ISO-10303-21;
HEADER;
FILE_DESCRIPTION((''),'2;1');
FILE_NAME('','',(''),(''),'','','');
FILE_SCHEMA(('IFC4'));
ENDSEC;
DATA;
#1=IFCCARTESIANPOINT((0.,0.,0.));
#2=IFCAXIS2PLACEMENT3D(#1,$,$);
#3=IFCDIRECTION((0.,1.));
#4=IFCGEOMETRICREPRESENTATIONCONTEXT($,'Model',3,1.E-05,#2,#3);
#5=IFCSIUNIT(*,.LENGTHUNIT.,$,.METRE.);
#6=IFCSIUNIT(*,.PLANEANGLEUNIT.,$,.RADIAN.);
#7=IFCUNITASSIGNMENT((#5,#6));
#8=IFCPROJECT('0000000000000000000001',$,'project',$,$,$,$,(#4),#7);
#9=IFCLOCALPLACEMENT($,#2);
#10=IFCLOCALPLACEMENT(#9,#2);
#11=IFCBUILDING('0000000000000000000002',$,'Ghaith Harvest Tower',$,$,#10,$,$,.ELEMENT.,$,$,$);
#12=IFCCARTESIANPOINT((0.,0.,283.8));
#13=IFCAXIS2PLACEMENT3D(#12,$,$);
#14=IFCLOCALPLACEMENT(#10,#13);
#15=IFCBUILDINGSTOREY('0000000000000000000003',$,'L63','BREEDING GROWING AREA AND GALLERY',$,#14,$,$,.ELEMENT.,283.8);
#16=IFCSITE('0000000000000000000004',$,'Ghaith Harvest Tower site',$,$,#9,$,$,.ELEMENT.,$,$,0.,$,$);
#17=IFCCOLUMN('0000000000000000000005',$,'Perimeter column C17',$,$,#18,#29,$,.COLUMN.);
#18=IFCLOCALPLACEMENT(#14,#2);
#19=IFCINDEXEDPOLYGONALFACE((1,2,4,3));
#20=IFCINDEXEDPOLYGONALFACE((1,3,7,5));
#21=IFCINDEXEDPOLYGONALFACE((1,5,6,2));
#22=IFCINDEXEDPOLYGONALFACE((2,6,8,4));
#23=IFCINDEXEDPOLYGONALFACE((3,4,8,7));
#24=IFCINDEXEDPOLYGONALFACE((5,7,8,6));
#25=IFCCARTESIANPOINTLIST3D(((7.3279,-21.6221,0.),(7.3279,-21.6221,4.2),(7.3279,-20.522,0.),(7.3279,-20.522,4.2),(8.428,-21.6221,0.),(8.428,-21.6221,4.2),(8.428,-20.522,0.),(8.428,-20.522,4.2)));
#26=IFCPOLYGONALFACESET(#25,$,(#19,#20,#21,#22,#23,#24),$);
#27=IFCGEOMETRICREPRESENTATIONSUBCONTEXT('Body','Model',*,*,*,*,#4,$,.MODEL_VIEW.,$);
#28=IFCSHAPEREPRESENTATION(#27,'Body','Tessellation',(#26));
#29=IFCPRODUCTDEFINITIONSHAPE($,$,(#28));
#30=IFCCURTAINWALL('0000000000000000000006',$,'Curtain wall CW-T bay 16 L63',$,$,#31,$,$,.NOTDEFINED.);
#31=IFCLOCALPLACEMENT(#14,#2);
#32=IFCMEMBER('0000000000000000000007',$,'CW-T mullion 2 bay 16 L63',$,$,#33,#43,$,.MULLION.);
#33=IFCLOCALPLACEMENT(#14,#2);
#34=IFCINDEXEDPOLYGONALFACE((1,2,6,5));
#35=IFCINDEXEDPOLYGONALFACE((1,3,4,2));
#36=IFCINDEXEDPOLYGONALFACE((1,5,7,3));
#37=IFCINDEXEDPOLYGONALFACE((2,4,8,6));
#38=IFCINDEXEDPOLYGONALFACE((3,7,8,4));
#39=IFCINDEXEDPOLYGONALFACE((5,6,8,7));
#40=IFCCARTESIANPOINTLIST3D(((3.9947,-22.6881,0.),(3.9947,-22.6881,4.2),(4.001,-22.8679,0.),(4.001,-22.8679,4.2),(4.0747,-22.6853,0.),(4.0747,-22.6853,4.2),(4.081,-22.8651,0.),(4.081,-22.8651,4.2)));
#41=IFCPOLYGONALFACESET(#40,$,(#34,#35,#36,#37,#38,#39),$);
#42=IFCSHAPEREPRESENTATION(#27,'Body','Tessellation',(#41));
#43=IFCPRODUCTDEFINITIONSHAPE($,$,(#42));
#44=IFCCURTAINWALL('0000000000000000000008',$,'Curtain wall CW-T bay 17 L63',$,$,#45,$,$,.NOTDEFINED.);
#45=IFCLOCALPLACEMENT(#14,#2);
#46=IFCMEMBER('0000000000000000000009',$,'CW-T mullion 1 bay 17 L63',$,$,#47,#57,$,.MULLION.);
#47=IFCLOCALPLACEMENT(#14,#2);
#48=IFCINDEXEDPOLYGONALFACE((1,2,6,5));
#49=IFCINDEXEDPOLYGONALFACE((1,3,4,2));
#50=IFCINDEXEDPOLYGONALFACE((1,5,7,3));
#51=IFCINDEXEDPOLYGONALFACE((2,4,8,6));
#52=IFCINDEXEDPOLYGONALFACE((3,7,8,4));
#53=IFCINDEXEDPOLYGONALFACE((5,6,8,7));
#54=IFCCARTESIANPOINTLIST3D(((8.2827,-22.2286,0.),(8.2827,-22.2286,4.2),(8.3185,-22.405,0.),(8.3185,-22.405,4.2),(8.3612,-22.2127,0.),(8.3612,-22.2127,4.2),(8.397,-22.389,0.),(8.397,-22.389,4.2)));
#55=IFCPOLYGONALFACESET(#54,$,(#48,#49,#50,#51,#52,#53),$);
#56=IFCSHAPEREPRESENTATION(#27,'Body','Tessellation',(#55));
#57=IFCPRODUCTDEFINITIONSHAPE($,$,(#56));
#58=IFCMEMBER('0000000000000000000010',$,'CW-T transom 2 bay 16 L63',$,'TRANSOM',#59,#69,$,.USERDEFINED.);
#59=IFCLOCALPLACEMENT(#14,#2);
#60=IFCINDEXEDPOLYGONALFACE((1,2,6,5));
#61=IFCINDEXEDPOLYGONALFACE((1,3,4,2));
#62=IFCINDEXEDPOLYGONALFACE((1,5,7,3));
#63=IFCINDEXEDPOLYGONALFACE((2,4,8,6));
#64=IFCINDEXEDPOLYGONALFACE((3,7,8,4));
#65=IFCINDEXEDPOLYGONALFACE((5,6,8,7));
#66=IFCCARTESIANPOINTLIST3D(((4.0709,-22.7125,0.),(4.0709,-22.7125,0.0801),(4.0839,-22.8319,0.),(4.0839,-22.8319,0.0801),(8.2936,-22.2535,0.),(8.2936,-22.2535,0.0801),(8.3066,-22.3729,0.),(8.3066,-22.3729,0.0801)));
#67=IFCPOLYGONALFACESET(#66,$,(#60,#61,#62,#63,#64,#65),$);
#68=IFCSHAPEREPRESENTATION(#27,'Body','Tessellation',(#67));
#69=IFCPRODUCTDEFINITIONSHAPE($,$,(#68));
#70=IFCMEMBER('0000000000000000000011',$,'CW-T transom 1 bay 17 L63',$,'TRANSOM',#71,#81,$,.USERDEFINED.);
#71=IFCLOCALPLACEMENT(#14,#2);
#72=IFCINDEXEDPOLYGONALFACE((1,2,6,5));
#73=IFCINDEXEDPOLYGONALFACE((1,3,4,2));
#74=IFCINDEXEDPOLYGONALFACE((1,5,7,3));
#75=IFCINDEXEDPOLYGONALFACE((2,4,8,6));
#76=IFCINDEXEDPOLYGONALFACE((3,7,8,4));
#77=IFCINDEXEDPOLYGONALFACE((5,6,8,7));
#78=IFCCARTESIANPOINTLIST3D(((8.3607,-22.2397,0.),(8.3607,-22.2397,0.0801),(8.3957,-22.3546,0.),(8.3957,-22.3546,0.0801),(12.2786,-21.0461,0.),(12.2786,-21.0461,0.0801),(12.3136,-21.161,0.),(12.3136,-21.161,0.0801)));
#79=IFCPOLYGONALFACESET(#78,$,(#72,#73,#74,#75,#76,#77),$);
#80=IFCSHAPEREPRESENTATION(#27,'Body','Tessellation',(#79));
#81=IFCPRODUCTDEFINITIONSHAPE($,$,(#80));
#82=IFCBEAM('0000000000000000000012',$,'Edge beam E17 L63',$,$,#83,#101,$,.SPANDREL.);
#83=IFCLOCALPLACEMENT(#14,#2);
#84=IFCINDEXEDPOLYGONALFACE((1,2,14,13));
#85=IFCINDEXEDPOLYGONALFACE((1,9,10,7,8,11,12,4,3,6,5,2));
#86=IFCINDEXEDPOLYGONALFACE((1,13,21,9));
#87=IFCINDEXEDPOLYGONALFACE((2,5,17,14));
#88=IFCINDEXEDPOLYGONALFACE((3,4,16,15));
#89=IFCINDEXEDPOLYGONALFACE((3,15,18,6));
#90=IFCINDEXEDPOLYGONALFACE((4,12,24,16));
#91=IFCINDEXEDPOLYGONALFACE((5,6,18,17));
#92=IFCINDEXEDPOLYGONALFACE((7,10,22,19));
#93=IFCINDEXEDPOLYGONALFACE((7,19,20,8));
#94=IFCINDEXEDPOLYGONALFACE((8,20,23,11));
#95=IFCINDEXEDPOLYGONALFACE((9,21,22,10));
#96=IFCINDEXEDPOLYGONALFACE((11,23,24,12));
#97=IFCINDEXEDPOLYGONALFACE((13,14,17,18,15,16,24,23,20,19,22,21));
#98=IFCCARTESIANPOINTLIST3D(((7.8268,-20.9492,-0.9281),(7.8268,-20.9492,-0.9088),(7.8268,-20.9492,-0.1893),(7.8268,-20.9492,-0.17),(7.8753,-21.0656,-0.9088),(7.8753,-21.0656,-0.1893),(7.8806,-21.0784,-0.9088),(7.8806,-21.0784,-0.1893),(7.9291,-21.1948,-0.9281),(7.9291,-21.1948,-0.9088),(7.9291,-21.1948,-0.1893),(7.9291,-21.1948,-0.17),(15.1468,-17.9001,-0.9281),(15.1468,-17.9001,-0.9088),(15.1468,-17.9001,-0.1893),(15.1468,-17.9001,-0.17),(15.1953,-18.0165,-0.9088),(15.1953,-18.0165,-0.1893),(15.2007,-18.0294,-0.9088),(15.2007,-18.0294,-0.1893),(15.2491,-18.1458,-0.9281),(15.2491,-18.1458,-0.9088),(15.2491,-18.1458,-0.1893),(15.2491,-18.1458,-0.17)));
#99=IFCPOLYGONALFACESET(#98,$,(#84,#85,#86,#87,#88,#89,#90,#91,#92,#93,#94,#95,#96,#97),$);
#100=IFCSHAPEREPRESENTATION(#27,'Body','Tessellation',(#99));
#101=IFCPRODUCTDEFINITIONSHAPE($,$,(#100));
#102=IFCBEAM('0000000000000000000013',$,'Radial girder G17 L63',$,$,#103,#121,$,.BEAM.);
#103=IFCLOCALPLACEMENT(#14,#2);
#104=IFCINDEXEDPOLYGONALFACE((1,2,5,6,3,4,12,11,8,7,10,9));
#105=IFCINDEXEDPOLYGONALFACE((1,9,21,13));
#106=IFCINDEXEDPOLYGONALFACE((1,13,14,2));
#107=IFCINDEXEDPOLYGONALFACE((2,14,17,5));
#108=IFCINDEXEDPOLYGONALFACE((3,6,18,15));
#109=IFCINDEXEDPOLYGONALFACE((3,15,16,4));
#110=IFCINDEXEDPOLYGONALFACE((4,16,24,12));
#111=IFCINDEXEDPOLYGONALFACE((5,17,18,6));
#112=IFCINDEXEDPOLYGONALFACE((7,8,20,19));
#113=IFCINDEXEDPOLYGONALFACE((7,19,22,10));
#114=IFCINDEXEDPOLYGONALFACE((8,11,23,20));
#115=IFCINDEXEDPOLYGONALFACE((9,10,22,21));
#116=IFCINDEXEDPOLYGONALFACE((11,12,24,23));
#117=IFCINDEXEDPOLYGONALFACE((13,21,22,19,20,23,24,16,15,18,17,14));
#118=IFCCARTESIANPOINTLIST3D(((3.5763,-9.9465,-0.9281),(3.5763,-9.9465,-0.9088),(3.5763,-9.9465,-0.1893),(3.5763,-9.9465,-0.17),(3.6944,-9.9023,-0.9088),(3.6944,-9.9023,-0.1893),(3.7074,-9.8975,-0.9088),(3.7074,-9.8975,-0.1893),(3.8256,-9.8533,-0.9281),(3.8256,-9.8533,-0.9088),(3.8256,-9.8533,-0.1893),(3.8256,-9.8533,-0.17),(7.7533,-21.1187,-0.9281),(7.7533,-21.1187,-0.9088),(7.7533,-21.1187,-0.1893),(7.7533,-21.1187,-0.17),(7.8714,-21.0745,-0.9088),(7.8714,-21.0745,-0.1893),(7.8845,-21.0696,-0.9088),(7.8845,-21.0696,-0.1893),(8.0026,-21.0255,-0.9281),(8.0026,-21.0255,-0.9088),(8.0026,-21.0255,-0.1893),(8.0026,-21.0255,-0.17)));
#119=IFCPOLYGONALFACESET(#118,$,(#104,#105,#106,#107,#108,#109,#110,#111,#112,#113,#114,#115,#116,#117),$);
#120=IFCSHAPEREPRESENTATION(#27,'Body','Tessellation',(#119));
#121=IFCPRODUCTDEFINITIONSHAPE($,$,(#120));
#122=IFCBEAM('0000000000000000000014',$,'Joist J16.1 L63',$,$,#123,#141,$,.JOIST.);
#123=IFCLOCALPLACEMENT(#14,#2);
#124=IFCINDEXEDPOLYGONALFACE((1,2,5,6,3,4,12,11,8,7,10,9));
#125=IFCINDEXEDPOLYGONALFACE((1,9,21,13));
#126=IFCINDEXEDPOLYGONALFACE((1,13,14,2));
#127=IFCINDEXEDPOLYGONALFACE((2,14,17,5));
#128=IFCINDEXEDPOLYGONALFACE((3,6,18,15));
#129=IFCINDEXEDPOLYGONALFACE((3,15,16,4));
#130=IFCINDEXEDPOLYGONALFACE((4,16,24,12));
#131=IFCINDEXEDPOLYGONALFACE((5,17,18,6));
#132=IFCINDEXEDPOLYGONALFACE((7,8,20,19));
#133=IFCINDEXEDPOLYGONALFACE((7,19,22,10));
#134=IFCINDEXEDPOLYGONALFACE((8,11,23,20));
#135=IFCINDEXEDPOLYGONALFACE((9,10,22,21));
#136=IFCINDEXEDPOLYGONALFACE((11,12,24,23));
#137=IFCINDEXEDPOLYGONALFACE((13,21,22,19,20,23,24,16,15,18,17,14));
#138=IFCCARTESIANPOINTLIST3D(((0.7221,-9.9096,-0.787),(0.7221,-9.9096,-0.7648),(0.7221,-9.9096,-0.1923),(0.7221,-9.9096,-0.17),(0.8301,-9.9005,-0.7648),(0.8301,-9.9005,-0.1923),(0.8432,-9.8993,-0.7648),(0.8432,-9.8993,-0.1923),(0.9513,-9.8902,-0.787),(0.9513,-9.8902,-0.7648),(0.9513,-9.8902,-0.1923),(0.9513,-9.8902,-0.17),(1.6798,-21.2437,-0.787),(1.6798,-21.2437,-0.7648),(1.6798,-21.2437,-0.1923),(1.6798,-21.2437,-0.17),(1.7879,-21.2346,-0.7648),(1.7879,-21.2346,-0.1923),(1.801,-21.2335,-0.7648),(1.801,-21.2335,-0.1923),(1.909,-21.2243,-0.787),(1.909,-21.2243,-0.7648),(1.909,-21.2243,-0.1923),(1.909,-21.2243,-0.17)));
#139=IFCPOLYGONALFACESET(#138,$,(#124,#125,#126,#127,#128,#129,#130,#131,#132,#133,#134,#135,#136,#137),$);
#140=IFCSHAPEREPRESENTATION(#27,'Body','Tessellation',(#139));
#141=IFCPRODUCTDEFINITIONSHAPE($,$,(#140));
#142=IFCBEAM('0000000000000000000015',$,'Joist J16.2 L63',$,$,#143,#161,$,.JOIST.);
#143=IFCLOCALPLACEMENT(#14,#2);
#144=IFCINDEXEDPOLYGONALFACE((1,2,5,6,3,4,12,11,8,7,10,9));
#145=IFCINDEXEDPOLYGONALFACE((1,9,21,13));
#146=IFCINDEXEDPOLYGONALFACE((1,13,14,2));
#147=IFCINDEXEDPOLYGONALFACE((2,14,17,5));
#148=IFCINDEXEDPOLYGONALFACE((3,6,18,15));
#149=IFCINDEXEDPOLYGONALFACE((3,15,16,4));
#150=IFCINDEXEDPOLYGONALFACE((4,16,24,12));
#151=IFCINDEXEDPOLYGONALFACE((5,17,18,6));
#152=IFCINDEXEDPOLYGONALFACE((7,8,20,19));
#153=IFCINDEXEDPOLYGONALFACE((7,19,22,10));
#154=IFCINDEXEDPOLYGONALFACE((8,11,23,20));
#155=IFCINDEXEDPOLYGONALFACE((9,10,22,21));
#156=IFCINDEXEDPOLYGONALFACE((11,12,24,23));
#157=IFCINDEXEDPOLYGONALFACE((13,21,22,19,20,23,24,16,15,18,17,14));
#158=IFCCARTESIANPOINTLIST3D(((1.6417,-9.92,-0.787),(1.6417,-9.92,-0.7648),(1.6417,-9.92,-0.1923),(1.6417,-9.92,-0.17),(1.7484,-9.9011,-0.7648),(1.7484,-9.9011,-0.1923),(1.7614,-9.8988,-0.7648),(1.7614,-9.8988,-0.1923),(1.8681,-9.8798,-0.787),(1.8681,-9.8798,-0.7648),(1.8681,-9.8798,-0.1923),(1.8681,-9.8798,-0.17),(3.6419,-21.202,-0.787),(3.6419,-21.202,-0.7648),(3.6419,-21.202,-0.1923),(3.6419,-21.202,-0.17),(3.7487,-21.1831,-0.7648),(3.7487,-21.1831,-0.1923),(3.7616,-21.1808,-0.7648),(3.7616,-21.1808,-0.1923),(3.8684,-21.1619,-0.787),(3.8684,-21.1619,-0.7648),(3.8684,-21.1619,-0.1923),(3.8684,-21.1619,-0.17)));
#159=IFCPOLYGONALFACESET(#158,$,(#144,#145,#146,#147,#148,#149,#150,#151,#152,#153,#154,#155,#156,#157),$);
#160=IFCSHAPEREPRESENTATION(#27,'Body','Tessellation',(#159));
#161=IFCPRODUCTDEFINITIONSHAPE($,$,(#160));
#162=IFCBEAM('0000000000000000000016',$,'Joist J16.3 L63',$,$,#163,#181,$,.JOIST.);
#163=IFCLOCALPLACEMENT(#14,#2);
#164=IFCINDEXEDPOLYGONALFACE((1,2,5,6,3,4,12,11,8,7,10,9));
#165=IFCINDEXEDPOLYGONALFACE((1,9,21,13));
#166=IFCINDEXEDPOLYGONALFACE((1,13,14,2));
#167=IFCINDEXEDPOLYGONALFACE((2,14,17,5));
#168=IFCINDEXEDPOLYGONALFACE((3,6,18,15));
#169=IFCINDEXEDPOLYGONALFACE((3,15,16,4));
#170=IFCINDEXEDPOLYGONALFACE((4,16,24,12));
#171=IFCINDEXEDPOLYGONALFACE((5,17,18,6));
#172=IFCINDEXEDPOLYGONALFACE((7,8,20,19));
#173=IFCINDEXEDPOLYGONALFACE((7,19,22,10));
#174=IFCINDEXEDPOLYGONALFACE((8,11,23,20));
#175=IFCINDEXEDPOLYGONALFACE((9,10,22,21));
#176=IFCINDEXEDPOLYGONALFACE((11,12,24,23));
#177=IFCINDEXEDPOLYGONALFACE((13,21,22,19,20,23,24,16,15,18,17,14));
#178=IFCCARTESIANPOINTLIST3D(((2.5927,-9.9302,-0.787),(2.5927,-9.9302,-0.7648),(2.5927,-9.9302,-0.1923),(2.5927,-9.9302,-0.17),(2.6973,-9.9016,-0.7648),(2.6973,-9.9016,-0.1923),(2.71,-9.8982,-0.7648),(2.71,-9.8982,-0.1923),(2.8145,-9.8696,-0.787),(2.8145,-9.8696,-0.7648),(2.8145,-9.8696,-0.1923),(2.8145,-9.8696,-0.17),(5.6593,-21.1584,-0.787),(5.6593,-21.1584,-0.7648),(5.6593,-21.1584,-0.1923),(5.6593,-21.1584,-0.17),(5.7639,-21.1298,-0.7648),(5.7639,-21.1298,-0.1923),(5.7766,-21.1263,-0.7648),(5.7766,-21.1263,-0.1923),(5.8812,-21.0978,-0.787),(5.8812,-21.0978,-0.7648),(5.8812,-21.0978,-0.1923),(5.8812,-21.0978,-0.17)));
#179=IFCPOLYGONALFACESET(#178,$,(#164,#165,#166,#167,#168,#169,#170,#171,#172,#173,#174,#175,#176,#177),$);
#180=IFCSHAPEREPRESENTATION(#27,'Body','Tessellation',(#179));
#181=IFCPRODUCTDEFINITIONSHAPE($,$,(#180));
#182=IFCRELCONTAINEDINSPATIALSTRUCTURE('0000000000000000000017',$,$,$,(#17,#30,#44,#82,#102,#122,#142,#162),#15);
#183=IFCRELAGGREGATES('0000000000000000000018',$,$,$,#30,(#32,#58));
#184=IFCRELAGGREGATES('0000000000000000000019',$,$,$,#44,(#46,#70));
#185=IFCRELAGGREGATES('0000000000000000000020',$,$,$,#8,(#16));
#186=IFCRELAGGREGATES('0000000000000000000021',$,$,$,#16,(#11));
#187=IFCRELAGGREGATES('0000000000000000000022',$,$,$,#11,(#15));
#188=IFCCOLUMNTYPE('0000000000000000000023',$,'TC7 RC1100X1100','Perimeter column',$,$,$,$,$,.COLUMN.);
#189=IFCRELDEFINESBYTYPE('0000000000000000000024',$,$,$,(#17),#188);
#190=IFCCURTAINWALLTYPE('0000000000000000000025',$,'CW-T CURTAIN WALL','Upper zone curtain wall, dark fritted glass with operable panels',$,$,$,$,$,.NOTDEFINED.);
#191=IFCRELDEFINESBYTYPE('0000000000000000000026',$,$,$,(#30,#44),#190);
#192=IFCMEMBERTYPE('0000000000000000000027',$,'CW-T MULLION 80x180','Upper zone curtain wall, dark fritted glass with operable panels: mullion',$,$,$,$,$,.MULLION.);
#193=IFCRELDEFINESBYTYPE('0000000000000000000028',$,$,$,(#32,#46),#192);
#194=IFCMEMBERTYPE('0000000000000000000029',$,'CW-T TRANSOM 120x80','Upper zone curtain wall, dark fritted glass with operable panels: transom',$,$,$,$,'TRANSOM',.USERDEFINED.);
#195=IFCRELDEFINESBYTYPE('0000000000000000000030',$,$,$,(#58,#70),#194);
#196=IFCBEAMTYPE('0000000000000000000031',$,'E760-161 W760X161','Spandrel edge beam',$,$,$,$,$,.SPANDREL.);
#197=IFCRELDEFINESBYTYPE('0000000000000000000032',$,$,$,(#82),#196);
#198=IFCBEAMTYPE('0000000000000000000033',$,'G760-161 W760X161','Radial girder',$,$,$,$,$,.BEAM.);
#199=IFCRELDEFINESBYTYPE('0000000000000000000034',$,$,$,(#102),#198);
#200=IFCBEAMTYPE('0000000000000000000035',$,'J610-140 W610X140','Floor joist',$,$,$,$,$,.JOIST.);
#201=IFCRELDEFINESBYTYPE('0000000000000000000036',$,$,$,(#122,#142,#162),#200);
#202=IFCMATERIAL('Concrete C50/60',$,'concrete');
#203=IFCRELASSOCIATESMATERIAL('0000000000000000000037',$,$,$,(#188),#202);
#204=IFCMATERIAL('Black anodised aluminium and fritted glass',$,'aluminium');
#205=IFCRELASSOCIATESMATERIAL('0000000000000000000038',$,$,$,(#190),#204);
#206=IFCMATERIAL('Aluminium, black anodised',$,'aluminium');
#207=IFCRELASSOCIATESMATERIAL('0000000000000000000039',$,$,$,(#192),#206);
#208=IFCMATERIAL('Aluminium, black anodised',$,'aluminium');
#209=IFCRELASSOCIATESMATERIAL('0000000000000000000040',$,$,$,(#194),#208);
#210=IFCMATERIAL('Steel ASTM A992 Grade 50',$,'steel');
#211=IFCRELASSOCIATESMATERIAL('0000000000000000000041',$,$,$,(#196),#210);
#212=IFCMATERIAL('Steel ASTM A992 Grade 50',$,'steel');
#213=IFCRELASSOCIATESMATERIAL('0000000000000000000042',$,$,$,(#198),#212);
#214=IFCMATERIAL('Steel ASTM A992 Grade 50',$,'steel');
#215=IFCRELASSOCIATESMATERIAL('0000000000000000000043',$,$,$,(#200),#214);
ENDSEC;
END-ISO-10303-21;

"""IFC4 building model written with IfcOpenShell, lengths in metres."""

from ifc_helpers import new_model, si_unit, direction, frame, origin, origin_2d, place, context, subcontext, project, spatial, rectangle, i_section, extrude, material, material_profile, profile_set, type_object, element, aggregate, save


model = new_model("IFC4")

# Units and contexts
model_context = context("Model", 3, precision=1e-05, world=origin(), true_north=direction((0.0, 1.0)))
body_context = subcontext(model_context, "Body", "Model", "MODEL_VIEW")
ifc_project = project(units=[si_unit("LENGTHUNIT", "METRE"), si_unit("PLANEANGLEUNIT", "RADIAN")], contexts=[model_context])

# Site, building, storey
site_placement = place(None, origin())
site = spatial("IfcSite", under=ifc_project, at=site_placement, Name="Ghaith Harvest Tower site", CompositionType="ELEMENT", RefElevation=0.0)
building_placement = place(site_placement, origin())
building = spatial("IfcBuilding", under=site, at=building_placement, Name="Ghaith Harvest Tower", CompositionType="ELEMENT")
storey_placement = place(building_placement, frame((0.0, 0.0, 283.8)))
storey = spatial("IfcBuildingStorey", under=building, at=storey_placement, Name="L63", Description="BREEDING GROWING AREA AND GALLERY", CompositionType="ELEMENT", Elevation=283.8)

# Column
ifc_material_1 = material(Name="Concrete C50/60", Category="concrete")
ifc_material_profile_1 = material_profile(ifc_material_1, rectangle(XDim=1.1001, YDim=1.1001, at=origin_2d()), Name="RC1100X1100")
ifc_profile_set_1 = profile_set([ifc_material_profile_1], Name="Concrete C50/60")
column_type = type_object("IfcColumnType", Name="TC7 RC1100X1100", Description="Perimeter column", PredefinedType="COLUMN", material=ifc_profile_set_1)
column_placement = place(storey_placement, frame((7.8779, -21.072, 0.0), z_axis=(0.0, 0.0, 1.0), x_axis=(1.0, 0.0, 0.0)))
element("IfcColumn", 1, at=column_placement, inside=storey, type_object=column_type, Name="Perimeter column C17", PredefinedType="COLUMN", context=body_context, shape_type="SweptSolid", body=[
    extrude(rectangle(XDim=1.1001, YDim=1.1001, at=origin_2d()), origin(), (0.0, 0.0, 1.0), 4.2),
])

# Curtain walls, members
ifc_material_2 = material(Name="Black anodised aluminium and fritted glass", Category="aluminium")
curtain_wall_type = type_object("IfcCurtainWallType", Name="CW-T CURTAIN WALL", Description="Upper zone curtain wall, dark fritted glass with operable panels", PredefinedType="NOTDEFINED", material=ifc_material_2)
curtain_wall_1_placement = place(storey_placement, origin())
curtain_wall_1 = element("IfcCurtainWall", 2, at=curtain_wall_1_placement, inside=storey, type_object=curtain_wall_type, Name="Curtain wall CW-T bay 16 L63", PredefinedType="NOTDEFINED")
ifc_material_3 = material(Name="Aluminium, black anodised", Category="aluminium")
ifc_material_profile_2 = material_profile(ifc_material_3, rectangle(XDim=0.0801, YDim=0.1799, at=origin_2d()), Name="CW-T MULLION 80x180")
ifc_profile_set_2 = profile_set([ifc_material_profile_2], Name="Aluminium, black anodised")
member_type_1 = type_object("IfcMemberType", Name="CW-T MULLION 80x180", Description="Upper zone curtain wall, dark fritted glass with operable panels: mullion", PredefinedType="MULLION", material=ifc_profile_set_2)
member_1_placement = place(storey_placement, frame((4.0378, -22.7766, 0.0), z_axis=(0.0, 0.0, 1.0), x_axis=(0.999389, 0.034962, 0.0)))
member_1 = element("IfcMember", 3, at=member_1_placement, type_object=member_type_1, Name="CW-T mullion 2 bay 16 L63", PredefinedType="MULLION", context=body_context, shape_type="SweptSolid", body=[
    extrude(rectangle(XDim=0.0801, YDim=0.1799, at=origin_2d()), origin(), (0.0, 0.0, 1.0), 4.2),
])
curtain_wall_2_placement = place(storey_placement, origin())
curtain_wall_2 = element("IfcCurtainWall", 4, at=curtain_wall_2_placement, inside=storey, type_object=curtain_wall_type, Name="Curtain wall CW-T bay 17 L63", PredefinedType="NOTDEFINED")
member_2_placement = place(storey_placement, frame((8.3398, -22.3088, 0.0), z_axis=(0.0, 0.0, 1.0), x_axis=(0.98, 0.198997, 0.0)))
member_2 = element("IfcMember", 5, at=member_2_placement, type_object=member_type_1, Name="CW-T mullion 1 bay 17 L63", PredefinedType="MULLION", context=body_context, shape_type="SweptSolid", body=[
    extrude(rectangle(XDim=0.0801, YDim=0.1799, at=origin_2d()), origin(), (0.0, 0.0, 1.0), 4.2),
])

# Members
ifc_material_4 = material(Name="Aluminium, black anodised", Category="aluminium")
ifc_material_profile_3 = material_profile(ifc_material_4, rectangle(XDim=0.1201, YDim=0.0801, at=origin_2d()), Name="CW-T TRANSOM 120x80")
ifc_profile_set_3 = profile_set([ifc_material_profile_3], Name="Aluminium, black anodised")
member_type_2 = type_object("IfcMemberType", Name="CW-T TRANSOM 120x80", Description="Upper zone curtain wall, dark fritted glass with operable panels: transom", ElementType="TRANSOM", PredefinedType="USERDEFINED", material=ifc_profile_set_3)
member_3_placement = place(storey_placement, frame((4.0774, -22.7722, 0.04), z_axis=(0.994144, 0.108059, 0.0), x_axis=(-0.108059, 0.994144, 0.0)))
member_3 = element("IfcMember", 6, at=member_3_placement, type_object=member_type_2, Name="CW-T transom 2 bay 16 L63", ObjectType="TRANSOM", PredefinedType="USERDEFINED", context=body_context, shape_type="SweptSolid", body=[
    extrude(rectangle(XDim=0.1201, YDim=0.0801, at=origin_2d()), origin(), (0.0, 0.0, 1.0), 4.2476),
])
member_4_placement = place(storey_placement, frame((8.3782, -22.2971, 0.04), z_axis=(0.956594, 0.291425, 0.0), x_axis=(-0.291425, 0.956594, 0.0)))
member_4 = element("IfcMember", 7, at=member_4_placement, type_object=member_type_2, Name="CW-T transom 1 bay 17 L63", ObjectType="TRANSOM", PredefinedType="USERDEFINED", context=body_context, shape_type="SweptSolid", body=[
    extrude(rectangle(XDim=0.1201, YDim=0.0801, at=origin_2d()), origin(), (0.0, 0.0, 1.0), 4.0957),
])

# Beams
ifc_material_5 = material(Name="Steel ASTM A992 Grade 50", Category="steel")
ifc_material_profile_4 = material_profile(ifc_material_5, i_section(OverallWidth=0.2661, OverallDepth=0.7581, WebThickness=0.0139, FlangeThickness=0.0193, at=origin_2d()), Name="W760X161")
ifc_profile_set_4 = profile_set([ifc_material_profile_4], Name="Steel ASTM A992 Grade 50")
beam_type_1 = type_object("IfcBeamType", Name="E760-161 W760X161", Description="Spandrel edge beam", PredefinedType="SPANDREL", material=ifc_profile_set_4)
beam_1_placement = place(storey_placement, frame((7.8779, -21.072, -0.5491), z_axis=(0.92312, 0.384513, 0.0), x_axis=(-0.384513, 0.92312, 0.0)))
element("IfcBeam", 8, at=beam_1_placement, inside=storey, type_object=beam_type_1, Name="Edge beam E17 L63", PredefinedType="SPANDREL", context=body_context, shape_type="SweptSolid", body=[
    extrude(i_section(OverallWidth=0.2661, OverallDepth=0.7581, WebThickness=0.0139, FlangeThickness=0.0193, at=origin_2d()), origin(), (0.0, 0.0, 1.0), 7.9297),
])
ifc_material_6 = material(Name="Steel ASTM A992 Grade 50", Category="steel")
ifc_material_profile_5 = material_profile(ifc_material_6, i_section(OverallWidth=0.2661, OverallDepth=0.7581, WebThickness=0.0139, FlangeThickness=0.0193, at=origin_2d()), Name="W760X161")
ifc_profile_set_5 = profile_set([ifc_material_profile_5], Name="Steel ASTM A992 Grade 50")
beam_type_2 = type_object("IfcBeamType", Name="G760-161 W760X161", Description="Radial girder", PredefinedType="BEAM", material=ifc_profile_set_5)
beam_2_placement = place(storey_placement, frame((3.7009, -9.8999, -0.5491), z_axis=(0.350201, -0.936674, 0.0), x_axis=(0.936674, 0.350201, 0.0)))
element("IfcBeam", 9, at=beam_2_placement, inside=storey, type_object=beam_type_2, Name="Radial girder G17 L63", PredefinedType="BEAM", context=body_context, shape_type="SweptSolid", body=[
    extrude(i_section(OverallWidth=0.2661, OverallDepth=0.7581, WebThickness=0.0139, FlangeThickness=0.0193, at=origin_2d()), origin(), (0.0, 0.0, 1.0), 11.9275),
])
ifc_material_7 = material(Name="Steel ASTM A992 Grade 50", Category="steel")
ifc_material_profile_6 = material_profile(ifc_material_7, i_section(OverallWidth=0.23, OverallDepth=0.6169, WebThickness=0.0132, FlangeThickness=0.0222, at=origin_2d()), Name="W610X140")
ifc_profile_set_6 = profile_set([ifc_material_profile_6], Name="Steel ASTM A992 Grade 50")
beam_type_3 = type_object("IfcBeamType", Name="J610-140 W610X140", Description="Floor joist", PredefinedType="JOIST", material=ifc_profile_set_6)
beam_3_placement = place(storey_placement, frame((0.8367, -9.8999, -0.4785), z_axis=(0.084202, -0.996449, 0.0), x_axis=(0.996449, 0.084202, 0.0)))
element("IfcBeam", 10, at=beam_3_placement, inside=storey, type_object=beam_type_3, Name="Joist J16.1 L63", PredefinedType="JOIST", context=body_context, shape_type="SweptSolid", body=[
    extrude(i_section(OverallWidth=0.23, OverallDepth=0.6169, WebThickness=0.0132, FlangeThickness=0.0222, at=origin_2d()), origin(), (0.0, 0.0, 1.0), 11.3745),
])
beam_4_placement = place(storey_placement, frame((1.7549, -9.8999, -0.4785), z_axis=(0.174573, -0.984644, 0.0), x_axis=(0.984644, 0.174573, 0.0)))
element("IfcBeam", 11, at=beam_4_placement, inside=storey, type_object=beam_type_3, Name="Joist J16.2 L63", PredefinedType="JOIST", context=body_context, shape_type="SweptSolid", body=[
    extrude(i_section(OverallWidth=0.23, OverallDepth=0.6169, WebThickness=0.0132, FlangeThickness=0.0222, at=origin_2d()), origin(), (0.0, 0.0, 1.0), 11.458),
])
beam_5_placement = place(storey_placement, frame((2.7036, -9.8999, -0.4785), z_axis=(0.263469, -0.964668, 0.0), x_axis=(0.964668, 0.263469, 0.0)))
element("IfcBeam", 12, at=beam_5_placement, inside=storey, type_object=beam_type_3, Name="Joist J16.3 L63", PredefinedType="JOIST", context=body_context, shape_type="SweptSolid", body=[
    extrude(i_section(OverallWidth=0.23, OverallDepth=0.6169, WebThickness=0.0132, FlangeThickness=0.0222, at=origin_2d()), origin(), (0.0, 0.0, 1.0), 11.6394),
])

aggregate(curtain_wall_1, [member_1, member_3])
aggregate(curtain_wall_2, [member_2, member_4])

save(model, "model.ifc")
